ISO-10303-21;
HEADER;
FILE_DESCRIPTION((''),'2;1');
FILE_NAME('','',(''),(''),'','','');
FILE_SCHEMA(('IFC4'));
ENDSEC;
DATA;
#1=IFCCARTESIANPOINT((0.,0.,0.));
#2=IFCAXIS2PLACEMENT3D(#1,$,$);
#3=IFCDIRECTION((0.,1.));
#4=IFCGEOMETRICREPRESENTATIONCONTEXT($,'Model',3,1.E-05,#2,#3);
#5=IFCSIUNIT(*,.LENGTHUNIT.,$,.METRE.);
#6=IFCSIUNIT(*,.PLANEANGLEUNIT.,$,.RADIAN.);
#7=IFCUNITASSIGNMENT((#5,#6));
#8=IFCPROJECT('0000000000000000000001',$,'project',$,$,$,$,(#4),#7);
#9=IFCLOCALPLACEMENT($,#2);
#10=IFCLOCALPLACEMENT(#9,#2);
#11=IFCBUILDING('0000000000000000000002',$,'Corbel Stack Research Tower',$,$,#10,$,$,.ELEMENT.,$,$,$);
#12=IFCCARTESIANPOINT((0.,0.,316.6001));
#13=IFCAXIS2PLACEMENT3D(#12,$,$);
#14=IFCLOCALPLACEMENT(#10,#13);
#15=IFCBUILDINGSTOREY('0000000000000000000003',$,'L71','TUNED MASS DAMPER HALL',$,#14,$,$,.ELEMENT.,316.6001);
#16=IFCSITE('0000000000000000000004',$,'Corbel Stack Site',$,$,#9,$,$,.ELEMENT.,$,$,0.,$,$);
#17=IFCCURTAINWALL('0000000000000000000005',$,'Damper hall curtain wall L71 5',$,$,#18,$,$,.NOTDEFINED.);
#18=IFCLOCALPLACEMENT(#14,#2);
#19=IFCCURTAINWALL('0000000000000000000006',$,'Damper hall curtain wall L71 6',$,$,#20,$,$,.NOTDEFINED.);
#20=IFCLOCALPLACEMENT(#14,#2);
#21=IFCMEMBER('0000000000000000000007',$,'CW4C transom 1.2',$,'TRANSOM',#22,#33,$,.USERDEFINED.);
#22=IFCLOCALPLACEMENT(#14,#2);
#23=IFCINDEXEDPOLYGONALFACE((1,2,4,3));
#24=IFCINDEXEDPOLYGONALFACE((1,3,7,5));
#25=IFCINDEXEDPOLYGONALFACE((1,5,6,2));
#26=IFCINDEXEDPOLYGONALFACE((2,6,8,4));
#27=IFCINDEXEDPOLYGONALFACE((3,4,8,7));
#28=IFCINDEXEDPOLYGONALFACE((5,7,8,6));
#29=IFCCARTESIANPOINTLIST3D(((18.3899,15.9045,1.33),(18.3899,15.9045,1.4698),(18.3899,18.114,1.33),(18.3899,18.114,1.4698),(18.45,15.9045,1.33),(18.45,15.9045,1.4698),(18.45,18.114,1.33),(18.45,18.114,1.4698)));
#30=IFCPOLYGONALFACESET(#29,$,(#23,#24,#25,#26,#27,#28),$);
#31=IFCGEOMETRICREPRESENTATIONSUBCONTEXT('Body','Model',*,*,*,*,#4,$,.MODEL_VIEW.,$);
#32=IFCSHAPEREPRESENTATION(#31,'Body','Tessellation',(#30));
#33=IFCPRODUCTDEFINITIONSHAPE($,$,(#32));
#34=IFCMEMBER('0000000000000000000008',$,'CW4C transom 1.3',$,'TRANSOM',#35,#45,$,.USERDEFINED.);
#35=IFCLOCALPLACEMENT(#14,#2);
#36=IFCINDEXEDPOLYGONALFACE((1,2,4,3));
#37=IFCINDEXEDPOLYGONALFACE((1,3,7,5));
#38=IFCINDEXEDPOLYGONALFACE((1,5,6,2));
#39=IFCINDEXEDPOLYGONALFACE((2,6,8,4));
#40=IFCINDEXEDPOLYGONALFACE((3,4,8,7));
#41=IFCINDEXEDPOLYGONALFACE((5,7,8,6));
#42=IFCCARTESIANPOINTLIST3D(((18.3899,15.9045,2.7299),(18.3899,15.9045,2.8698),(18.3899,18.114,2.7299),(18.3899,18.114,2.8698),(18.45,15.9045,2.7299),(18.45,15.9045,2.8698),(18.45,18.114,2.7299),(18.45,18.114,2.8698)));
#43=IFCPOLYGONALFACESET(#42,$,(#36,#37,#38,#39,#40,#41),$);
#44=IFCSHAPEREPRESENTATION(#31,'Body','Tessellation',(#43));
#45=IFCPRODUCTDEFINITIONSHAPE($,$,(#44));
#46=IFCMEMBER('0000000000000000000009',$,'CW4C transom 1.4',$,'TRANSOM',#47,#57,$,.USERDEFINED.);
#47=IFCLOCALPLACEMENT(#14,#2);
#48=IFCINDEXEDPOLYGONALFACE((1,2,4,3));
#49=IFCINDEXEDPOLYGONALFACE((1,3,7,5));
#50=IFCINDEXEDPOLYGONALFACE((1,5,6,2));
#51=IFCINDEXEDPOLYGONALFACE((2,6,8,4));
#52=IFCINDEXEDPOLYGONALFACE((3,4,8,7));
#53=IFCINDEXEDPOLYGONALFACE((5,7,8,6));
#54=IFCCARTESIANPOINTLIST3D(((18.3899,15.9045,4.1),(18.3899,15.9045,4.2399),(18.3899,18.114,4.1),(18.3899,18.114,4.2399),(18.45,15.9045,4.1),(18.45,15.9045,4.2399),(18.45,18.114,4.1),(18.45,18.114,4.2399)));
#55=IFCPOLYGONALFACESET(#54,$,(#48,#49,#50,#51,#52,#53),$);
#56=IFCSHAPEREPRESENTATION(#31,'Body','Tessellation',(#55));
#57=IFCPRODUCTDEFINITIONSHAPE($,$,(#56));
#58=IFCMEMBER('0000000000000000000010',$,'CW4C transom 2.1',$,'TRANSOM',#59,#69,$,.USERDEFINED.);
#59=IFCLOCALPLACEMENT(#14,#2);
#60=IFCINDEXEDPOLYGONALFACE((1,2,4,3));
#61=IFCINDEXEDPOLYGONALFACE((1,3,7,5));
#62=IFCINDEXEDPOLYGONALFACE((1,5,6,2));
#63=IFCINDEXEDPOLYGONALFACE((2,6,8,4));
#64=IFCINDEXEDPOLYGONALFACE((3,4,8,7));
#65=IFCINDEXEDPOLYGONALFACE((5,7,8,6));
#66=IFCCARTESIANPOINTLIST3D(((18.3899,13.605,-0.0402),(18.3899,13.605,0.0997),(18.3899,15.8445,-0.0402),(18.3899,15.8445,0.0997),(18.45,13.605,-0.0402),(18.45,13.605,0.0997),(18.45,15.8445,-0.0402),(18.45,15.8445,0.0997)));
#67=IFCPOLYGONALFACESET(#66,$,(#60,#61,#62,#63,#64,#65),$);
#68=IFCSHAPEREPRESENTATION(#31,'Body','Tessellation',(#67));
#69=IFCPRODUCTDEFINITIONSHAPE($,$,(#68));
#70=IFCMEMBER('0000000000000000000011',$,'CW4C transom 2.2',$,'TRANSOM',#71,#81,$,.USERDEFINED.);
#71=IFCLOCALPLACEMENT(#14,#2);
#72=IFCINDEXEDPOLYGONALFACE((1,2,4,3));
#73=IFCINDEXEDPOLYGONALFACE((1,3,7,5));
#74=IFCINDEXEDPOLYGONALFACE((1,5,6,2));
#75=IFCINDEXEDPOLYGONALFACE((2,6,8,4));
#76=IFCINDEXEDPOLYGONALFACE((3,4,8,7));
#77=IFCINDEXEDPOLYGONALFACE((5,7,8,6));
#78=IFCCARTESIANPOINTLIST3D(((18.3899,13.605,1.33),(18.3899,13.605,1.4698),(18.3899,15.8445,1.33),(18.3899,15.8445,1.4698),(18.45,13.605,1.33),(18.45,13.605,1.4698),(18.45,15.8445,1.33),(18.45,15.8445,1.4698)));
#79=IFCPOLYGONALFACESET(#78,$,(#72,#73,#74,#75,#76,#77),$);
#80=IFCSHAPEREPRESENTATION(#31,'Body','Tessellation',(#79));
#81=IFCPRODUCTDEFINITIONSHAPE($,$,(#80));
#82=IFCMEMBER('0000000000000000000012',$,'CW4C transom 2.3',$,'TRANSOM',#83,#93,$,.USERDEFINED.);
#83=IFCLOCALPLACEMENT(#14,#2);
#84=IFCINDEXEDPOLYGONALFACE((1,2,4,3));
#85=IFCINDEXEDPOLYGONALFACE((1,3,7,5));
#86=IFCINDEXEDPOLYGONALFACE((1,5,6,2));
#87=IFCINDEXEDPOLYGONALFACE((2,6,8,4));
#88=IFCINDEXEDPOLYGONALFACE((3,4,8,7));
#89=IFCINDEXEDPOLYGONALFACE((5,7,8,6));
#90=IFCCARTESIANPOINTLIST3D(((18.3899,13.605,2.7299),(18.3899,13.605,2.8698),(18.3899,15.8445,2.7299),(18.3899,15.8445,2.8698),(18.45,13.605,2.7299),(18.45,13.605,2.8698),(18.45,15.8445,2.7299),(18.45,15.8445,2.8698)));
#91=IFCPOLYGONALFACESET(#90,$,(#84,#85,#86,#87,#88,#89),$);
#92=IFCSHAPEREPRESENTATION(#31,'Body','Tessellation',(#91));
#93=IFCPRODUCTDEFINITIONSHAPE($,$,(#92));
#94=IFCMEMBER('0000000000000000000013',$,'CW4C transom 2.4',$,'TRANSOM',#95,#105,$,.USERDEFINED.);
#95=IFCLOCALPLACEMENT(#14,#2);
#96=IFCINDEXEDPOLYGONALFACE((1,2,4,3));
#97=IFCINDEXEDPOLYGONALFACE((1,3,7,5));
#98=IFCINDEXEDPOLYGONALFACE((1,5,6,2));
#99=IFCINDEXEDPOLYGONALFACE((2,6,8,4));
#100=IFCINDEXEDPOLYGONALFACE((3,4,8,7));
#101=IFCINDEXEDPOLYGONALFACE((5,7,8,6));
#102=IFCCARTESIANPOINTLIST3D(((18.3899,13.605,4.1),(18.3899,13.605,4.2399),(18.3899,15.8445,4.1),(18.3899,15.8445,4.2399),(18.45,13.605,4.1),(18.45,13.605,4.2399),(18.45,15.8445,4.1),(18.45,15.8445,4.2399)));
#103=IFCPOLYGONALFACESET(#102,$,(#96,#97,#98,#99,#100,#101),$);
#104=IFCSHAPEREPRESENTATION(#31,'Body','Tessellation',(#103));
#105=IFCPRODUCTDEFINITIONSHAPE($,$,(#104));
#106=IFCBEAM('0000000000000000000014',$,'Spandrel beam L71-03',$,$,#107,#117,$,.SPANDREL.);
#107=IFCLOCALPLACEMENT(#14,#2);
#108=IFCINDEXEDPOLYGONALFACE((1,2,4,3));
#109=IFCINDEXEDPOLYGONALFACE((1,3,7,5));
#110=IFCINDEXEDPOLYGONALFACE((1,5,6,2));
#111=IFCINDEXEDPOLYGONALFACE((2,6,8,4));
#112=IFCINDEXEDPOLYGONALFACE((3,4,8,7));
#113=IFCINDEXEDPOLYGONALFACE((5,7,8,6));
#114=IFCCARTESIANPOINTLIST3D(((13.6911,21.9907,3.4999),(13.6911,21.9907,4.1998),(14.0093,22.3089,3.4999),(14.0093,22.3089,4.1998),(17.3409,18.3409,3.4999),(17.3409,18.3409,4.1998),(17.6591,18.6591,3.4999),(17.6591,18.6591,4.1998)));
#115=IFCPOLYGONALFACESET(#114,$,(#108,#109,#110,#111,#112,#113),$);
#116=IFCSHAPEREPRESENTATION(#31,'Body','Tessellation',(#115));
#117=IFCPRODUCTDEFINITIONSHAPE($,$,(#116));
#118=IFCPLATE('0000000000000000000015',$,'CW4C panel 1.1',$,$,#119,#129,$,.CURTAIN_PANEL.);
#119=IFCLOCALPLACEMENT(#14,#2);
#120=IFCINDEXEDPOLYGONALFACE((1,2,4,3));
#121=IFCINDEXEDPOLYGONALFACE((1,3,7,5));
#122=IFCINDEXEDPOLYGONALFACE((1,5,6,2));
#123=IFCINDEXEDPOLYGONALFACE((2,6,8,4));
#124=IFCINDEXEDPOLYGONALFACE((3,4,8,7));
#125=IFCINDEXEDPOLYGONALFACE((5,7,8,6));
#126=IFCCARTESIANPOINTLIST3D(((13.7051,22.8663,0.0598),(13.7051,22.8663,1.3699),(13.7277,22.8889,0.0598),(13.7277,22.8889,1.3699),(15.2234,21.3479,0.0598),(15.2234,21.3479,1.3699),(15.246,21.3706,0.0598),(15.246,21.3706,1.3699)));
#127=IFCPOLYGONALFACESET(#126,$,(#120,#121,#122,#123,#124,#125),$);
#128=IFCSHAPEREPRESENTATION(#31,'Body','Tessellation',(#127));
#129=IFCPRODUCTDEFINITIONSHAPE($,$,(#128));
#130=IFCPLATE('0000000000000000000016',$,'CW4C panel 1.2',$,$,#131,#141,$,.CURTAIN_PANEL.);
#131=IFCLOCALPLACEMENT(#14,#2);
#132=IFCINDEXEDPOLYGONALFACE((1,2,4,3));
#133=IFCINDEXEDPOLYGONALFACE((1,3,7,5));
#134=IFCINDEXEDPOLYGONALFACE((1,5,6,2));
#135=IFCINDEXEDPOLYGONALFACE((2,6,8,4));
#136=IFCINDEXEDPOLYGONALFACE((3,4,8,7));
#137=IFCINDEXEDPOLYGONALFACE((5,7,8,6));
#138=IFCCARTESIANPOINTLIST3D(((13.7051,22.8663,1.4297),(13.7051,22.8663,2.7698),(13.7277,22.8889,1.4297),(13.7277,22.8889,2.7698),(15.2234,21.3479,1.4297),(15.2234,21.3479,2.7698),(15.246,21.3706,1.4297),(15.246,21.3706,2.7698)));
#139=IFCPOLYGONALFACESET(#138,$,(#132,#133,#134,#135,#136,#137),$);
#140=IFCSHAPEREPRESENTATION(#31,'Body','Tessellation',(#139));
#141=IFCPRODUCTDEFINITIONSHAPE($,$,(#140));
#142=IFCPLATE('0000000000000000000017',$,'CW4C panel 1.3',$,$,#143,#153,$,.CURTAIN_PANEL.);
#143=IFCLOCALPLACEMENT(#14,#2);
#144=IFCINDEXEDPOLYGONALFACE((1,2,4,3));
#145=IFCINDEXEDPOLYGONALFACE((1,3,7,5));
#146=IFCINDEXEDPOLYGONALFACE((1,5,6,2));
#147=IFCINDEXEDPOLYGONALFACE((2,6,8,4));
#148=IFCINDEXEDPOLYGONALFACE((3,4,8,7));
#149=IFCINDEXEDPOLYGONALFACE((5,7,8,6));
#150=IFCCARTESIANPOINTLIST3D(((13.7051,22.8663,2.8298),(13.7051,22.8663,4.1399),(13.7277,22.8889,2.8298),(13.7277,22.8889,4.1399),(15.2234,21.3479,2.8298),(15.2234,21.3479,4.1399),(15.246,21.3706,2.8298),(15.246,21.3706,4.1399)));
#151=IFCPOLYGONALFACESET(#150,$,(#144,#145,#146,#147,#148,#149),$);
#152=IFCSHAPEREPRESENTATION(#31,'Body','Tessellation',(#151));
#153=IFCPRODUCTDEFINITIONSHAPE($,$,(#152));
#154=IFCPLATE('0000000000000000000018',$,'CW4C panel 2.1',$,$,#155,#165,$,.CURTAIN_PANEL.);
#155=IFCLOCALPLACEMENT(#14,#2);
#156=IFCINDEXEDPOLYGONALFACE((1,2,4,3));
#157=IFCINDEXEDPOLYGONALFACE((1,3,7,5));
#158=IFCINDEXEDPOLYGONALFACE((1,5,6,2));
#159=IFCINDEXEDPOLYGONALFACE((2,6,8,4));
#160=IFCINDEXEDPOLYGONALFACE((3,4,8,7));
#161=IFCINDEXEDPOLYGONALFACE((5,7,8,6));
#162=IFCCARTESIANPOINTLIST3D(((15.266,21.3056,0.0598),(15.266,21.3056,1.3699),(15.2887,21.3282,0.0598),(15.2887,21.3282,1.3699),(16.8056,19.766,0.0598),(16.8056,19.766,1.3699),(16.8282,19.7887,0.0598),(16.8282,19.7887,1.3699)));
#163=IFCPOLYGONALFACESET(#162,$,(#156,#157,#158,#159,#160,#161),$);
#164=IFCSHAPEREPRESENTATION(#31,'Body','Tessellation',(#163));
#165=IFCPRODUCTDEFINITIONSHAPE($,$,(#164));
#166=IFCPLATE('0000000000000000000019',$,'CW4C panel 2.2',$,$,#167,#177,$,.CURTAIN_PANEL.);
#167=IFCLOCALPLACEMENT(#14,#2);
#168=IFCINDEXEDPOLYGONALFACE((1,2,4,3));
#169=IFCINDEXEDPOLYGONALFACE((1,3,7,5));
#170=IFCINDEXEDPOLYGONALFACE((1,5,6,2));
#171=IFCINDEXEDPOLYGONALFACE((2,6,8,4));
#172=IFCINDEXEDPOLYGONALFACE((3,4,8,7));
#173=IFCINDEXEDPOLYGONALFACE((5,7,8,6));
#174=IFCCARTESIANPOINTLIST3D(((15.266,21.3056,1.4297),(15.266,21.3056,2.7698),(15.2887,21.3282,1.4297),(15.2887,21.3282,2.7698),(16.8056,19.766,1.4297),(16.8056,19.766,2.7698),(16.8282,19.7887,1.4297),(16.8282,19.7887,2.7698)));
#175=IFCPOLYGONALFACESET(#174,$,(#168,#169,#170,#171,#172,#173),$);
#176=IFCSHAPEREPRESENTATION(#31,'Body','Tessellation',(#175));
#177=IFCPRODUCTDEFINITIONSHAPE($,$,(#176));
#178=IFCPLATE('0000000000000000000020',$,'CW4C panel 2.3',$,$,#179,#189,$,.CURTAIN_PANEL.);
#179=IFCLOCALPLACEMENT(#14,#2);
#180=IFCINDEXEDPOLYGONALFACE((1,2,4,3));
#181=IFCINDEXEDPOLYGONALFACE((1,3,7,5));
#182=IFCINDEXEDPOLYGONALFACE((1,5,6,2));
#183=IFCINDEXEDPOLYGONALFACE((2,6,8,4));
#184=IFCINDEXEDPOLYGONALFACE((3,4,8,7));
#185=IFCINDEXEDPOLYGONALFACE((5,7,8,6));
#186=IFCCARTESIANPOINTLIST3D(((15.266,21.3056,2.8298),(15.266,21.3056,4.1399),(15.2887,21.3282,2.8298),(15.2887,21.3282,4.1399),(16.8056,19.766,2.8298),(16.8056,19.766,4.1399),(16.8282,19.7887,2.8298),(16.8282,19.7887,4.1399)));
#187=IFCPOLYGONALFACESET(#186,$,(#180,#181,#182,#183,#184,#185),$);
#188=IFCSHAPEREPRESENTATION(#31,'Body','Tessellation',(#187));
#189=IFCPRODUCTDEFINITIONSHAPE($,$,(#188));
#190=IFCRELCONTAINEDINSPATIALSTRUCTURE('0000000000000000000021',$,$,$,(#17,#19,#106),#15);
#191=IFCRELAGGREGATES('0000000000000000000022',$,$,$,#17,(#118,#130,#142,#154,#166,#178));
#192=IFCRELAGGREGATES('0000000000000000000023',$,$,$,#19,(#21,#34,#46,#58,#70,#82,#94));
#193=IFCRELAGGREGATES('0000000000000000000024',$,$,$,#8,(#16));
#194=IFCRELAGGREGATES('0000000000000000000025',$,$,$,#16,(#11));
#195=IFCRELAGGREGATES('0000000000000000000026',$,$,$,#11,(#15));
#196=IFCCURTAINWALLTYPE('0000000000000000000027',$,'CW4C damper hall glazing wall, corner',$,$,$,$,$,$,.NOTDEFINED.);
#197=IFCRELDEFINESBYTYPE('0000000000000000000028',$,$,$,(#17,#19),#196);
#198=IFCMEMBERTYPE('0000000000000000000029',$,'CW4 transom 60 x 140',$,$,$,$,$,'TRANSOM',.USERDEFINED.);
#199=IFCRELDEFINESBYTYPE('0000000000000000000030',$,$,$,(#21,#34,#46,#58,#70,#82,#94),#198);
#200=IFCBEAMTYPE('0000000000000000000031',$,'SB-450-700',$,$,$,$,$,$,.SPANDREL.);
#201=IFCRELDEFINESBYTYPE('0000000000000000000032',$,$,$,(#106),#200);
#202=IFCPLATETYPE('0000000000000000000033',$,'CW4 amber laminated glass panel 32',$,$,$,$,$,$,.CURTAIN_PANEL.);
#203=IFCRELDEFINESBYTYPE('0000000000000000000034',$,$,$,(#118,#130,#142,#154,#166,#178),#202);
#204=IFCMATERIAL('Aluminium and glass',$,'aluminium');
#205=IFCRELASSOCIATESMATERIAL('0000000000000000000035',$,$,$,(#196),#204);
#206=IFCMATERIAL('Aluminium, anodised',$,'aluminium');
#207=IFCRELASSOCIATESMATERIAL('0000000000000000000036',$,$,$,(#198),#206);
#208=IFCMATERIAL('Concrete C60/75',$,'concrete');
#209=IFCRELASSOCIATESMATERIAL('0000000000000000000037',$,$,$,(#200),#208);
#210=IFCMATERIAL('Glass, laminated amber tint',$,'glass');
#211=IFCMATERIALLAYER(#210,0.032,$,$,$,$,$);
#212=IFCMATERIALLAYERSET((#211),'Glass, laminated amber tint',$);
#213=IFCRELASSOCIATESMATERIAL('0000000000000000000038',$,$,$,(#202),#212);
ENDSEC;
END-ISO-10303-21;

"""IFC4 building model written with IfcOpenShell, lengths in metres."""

from ifc_helpers import new_model, si_unit, direction, frame, origin, origin_2d, place, context, subcontext, project, spatial, rectangle, extrude, material, layer, layer_set, material_profile, profile_set, type_object, element, aggregate, save


model = new_model("IFC4")

# Units and contexts
model_context = context("Model", 3, precision=1e-05, world=origin(), true_north=direction((0.0, 1.0)))
body_context = subcontext(model_context, "Body", "Model", "MODEL_VIEW")
ifc_project = project(units=[si_unit("LENGTHUNIT", "METRE"), si_unit("PLANEANGLEUNIT", "RADIAN")], contexts=[model_context])

# Site, building, storey
site_placement = place(None, origin())
site = spatial("IfcSite", under=ifc_project, at=site_placement, Name="Corbel Stack Site", CompositionType="ELEMENT", RefElevation=0.0)
building_placement = place(site_placement, origin())
building = spatial("IfcBuilding", under=site, at=building_placement, Name="Corbel Stack Research Tower", CompositionType="ELEMENT")
storey_placement = place(building_placement, frame((0.0, 0.0, 316.6001)))
storey = spatial("IfcBuildingStorey", under=building, at=storey_placement, Name="L71", Description="TUNED MASS DAMPER HALL", CompositionType="ELEMENT", Elevation=316.6001)

# Curtain walls
ifc_material_1 = material(Name="Aluminium and glass", Category="aluminium")
curtain_wall_type = type_object("IfcCurtainWallType", Name="CW4C damper hall glazing wall, corner", PredefinedType="NOTDEFINED", material=ifc_material_1)
curtain_wall_1_placement = place(storey_placement, origin())
curtain_wall_1 = element("IfcCurtainWall", 1, at=curtain_wall_1_placement, inside=storey, type_object=curtain_wall_type, Name="Damper hall curtain wall L71 5", PredefinedType="NOTDEFINED")
curtain_wall_2_placement = place(storey_placement, origin())
curtain_wall_2 = element("IfcCurtainWall", 2, at=curtain_wall_2_placement, inside=storey, type_object=curtain_wall_type, Name="Damper hall curtain wall L71 6", PredefinedType="NOTDEFINED")

# Members
ifc_material_2 = material(Name="Aluminium, anodised", Category="aluminium")
ifc_material_profile_1 = material_profile(ifc_material_2, rectangle(XDim=0.0601, YDim=0.1399, at=origin_2d()), Name="CW4 transom 60 x 140")
ifc_profile_set_1 = profile_set([ifc_material_profile_1], Name="Aluminium, anodised")
member_type_1 = type_object("IfcMemberType", Name="CW4 transom 60 x 140", ElementType="TRANSOM", PredefinedType="USERDEFINED", material=ifc_profile_set_1)
member_1_placement = place(storey_placement, frame((18.4199, 18.114, 1.3999), z_axis=(0.0, -1.0, 0.0), x_axis=(1.0, 0.0, 0.0)))
member_1 = element("IfcMember", 3, at=member_1_placement, type_object=member_type_1, Name="CW4C transom 1.2", ObjectType="TRANSOM", PredefinedType="USERDEFINED", context=body_context, shape_type="SweptSolid", body=[
    extrude(rectangle(XDim=0.0601, YDim=0.1399, at=origin_2d()), origin(), (0.0, 0.0, 1.0), 2.2095),
])
member_2_placement = place(storey_placement, frame((18.4199, 18.114, 2.7998), z_axis=(0.0, -1.0, 0.0), x_axis=(1.0, 0.0, 0.0)))
member_2 = element("IfcMember", 4, at=member_2_placement, type_object=member_type_1, Name="CW4C transom 1.3", ObjectType="TRANSOM", PredefinedType="USERDEFINED", context=body_context, shape_type="SweptSolid", body=[
    extrude(rectangle(XDim=0.0601, YDim=0.1399, at=origin_2d()), origin(), (0.0, 0.0, 1.0), 2.2095),
])
member_3_placement = place(storey_placement, frame((18.4199, 18.114, 4.1699), z_axis=(0.0, -1.0, 0.0), x_axis=(1.0, 0.0, 0.0)))
member_3 = element("IfcMember", 5, at=member_3_placement, type_object=member_type_1, Name="CW4C transom 1.4", ObjectType="TRANSOM", PredefinedType="USERDEFINED", context=body_context, shape_type="SweptSolid", body=[
    extrude(rectangle(XDim=0.0601, YDim=0.1399, at=origin_2d()), origin(), (0.0, 0.0, 1.0), 2.2095),
])
member_4_placement = place(storey_placement, frame((18.4199, 15.8445, 0.0298), z_axis=(0.0, -1.0, 0.0), x_axis=(1.0, 0.0, 0.0)))
member_4 = element("IfcMember", 6, at=member_4_placement, type_object=member_type_1, Name="CW4C transom 2.1", ObjectType="TRANSOM", PredefinedType="USERDEFINED", context=body_context, shape_type="SweptSolid", body=[
    extrude(rectangle(XDim=0.0601, YDim=0.1399, at=origin_2d()), origin(), (0.0, 0.0, 1.0), 2.2395),
])
member_5_placement = place(storey_placement, frame((18.4199, 15.8445, 1.3999), z_axis=(0.0, -1.0, 0.0), x_axis=(1.0, 0.0, 0.0)))
member_5 = element("IfcMember", 7, at=member_5_placement, type_object=member_type_1, Name="CW4C transom 2.2", ObjectType="TRANSOM", PredefinedType="USERDEFINED", context=body_context, shape_type="SweptSolid", body=[
    extrude(rectangle(XDim=0.0601, YDim=0.1399, at=origin_2d()), origin(), (0.0, 0.0, 1.0), 2.2395),
])
member_6_placement = place(storey_placement, frame((18.4199, 15.8445, 2.7998), z_axis=(0.0, -1.0, 0.0), x_axis=(1.0, 0.0, 0.0)))
member_6 = element("IfcMember", 8, at=member_6_placement, type_object=member_type_1, Name="CW4C transom 2.3", ObjectType="TRANSOM", PredefinedType="USERDEFINED", context=body_context, shape_type="SweptSolid", body=[
    extrude(rectangle(XDim=0.0601, YDim=0.1399, at=origin_2d()), origin(), (0.0, 0.0, 1.0), 2.2395),
])
member_7_placement = place(storey_placement, frame((18.4199, 15.8445, 4.1699), z_axis=(0.0, -1.0, 0.0), x_axis=(1.0, 0.0, 0.0)))
member_7 = element("IfcMember", 9, at=member_7_placement, type_object=member_type_1, Name="CW4C transom 2.4", ObjectType="TRANSOM", PredefinedType="USERDEFINED", context=body_context, shape_type="SweptSolid", body=[
    extrude(rectangle(XDim=0.0601, YDim=0.1399, at=origin_2d()), origin(), (0.0, 0.0, 1.0), 2.2395),
])

# Beam
ifc_material_3 = material(Name="Concrete C60/75", Category="concrete")
ifc_material_profile_2 = material_profile(ifc_material_3, rectangle(XDim=0.45, YDim=0.7, at=origin_2d()), Name="RC 450 x 700")
ifc_profile_set_2 = profile_set([ifc_material_profile_2], Name="Concrete C60/75")
beam_type = type_object("IfcBeamType", Name="SB-450-700", PredefinedType="SPANDREL", material=ifc_profile_set_2)
beam_placement = place(storey_placement, frame((17.5, 18.5, 3.8499), z_axis=(-0.707107, 0.707107, 0.0), x_axis=(-0.707107, -0.707107, 0.0)))
element("IfcBeam", 10, at=beam_placement, inside=storey, type_object=beam_type, Name="Spandrel beam L71-03", PredefinedType="SPANDREL", context=body_context, shape_type="SweptSolid", body=[
    extrude(rectangle(XDim=0.45, YDim=0.7, at=origin_2d()), origin(), (0.0, 0.0, 1.0), 5.1616),
])

# Plates
ifc_material_4 = material(Name="Glass, laminated amber tint", Category="glass")
ifc_layer = layer(ifc_material_4, 0.032)
ifc_layer_set = layer_set([ifc_layer], Name="Glass, laminated amber tint")
plate_type = type_object("IfcPlateType", Name="CW4 amber laminated glass panel 32", PredefinedType="CURTAIN_PANEL", material=ifc_layer_set)
plate_1_placement = place(storey_placement, frame((14.4756, 22.1184, 0.0598), z_axis=(0.0, 0.0, 1.0), x_axis=(0.707107, -0.707107, 0.0)))
plate_1 = element("IfcPlate", 11, at=plate_1_placement, type_object=plate_type, Name="CW4C panel 1.1", PredefinedType="CURTAIN_PANEL", context=body_context, shape_type="SweptSolid", body=[
    extrude(rectangle(XDim=2.1472, YDim=0.032, at=origin_2d()), origin(), (0.0, 0.0, 1.0), 1.3101),
])
plate_2_placement = place(storey_placement, frame((14.4756, 22.1184, 1.4297), z_axis=(0.0, 0.0, 1.0), x_axis=(0.707107, -0.707107, 0.0)))
plate_2 = element("IfcPlate", 12, at=plate_2_placement, type_object=plate_type, Name="CW4C panel 1.2", PredefinedType="CURTAIN_PANEL", context=body_context, shape_type="SweptSolid", body=[
    extrude(rectangle(XDim=2.1472, YDim=0.032, at=origin_2d()), origin(), (0.0, 0.0, 1.0), 1.3401),
])
plate_3_placement = place(storey_placement, frame((14.4756, 22.1184, 2.8298), z_axis=(0.0, 0.0, 1.0), x_axis=(0.707107, -0.707107, 0.0)))
plate_3 = element("IfcPlate", 13, at=plate_3_placement, type_object=plate_type, Name="CW4C panel 1.3", PredefinedType="CURTAIN_PANEL", context=body_context, shape_type="SweptSolid", body=[
    extrude(rectangle(XDim=2.1472, YDim=0.032, at=origin_2d()), origin(), (0.0, 0.0, 1.0), 1.3101),
])
plate_4_placement = place(storey_placement, frame((16.0471, 20.5471, 0.0598), z_axis=(0.0, 0.0, 1.0), x_axis=(0.707107, -0.707107, 0.0)))
plate_4 = element("IfcPlate", 14, at=plate_4_placement, type_object=plate_type, Name="CW4C panel 2.1", PredefinedType="CURTAIN_PANEL", context=body_context, shape_type="SweptSolid", body=[
    extrude(rectangle(XDim=2.1772, YDim=0.032, at=origin_2d()), origin(), (0.0, 0.0, 1.0), 1.3101),
])
plate_5_placement = place(storey_placement, frame((16.0471, 20.5471, 1.4297), z_axis=(0.0, 0.0, 1.0), x_axis=(0.707107, -0.707107, 0.0)))
plate_5 = element("IfcPlate", 15, at=plate_5_placement, type_object=plate_type, Name="CW4C panel 2.2", PredefinedType="CURTAIN_PANEL", context=body_context, shape_type="SweptSolid", body=[
    extrude(rectangle(XDim=2.1772, YDim=0.032, at=origin_2d()), origin(), (0.0, 0.0, 1.0), 1.3401),
])
plate_6_placement = place(storey_placement, frame((16.0471, 20.5471, 2.8298), z_axis=(0.0, 0.0, 1.0), x_axis=(0.707107, -0.707107, 0.0)))
plate_6 = element("IfcPlate", 16, at=plate_6_placement, type_object=plate_type, Name="CW4C panel 2.3", PredefinedType="CURTAIN_PANEL", context=body_context, shape_type="SweptSolid", body=[
    extrude(rectangle(XDim=2.1772, YDim=0.032, at=origin_2d()), origin(), (0.0, 0.0, 1.0), 1.3101),
])
aggregate(curtain_wall_1, [plate_1, plate_2, plate_3, plate_4, plate_5, plate_6])
aggregate(curtain_wall_2, [member_1, member_2, member_3, member_4, member_5, member_6, member_7])

save(model, "model.ifc")
